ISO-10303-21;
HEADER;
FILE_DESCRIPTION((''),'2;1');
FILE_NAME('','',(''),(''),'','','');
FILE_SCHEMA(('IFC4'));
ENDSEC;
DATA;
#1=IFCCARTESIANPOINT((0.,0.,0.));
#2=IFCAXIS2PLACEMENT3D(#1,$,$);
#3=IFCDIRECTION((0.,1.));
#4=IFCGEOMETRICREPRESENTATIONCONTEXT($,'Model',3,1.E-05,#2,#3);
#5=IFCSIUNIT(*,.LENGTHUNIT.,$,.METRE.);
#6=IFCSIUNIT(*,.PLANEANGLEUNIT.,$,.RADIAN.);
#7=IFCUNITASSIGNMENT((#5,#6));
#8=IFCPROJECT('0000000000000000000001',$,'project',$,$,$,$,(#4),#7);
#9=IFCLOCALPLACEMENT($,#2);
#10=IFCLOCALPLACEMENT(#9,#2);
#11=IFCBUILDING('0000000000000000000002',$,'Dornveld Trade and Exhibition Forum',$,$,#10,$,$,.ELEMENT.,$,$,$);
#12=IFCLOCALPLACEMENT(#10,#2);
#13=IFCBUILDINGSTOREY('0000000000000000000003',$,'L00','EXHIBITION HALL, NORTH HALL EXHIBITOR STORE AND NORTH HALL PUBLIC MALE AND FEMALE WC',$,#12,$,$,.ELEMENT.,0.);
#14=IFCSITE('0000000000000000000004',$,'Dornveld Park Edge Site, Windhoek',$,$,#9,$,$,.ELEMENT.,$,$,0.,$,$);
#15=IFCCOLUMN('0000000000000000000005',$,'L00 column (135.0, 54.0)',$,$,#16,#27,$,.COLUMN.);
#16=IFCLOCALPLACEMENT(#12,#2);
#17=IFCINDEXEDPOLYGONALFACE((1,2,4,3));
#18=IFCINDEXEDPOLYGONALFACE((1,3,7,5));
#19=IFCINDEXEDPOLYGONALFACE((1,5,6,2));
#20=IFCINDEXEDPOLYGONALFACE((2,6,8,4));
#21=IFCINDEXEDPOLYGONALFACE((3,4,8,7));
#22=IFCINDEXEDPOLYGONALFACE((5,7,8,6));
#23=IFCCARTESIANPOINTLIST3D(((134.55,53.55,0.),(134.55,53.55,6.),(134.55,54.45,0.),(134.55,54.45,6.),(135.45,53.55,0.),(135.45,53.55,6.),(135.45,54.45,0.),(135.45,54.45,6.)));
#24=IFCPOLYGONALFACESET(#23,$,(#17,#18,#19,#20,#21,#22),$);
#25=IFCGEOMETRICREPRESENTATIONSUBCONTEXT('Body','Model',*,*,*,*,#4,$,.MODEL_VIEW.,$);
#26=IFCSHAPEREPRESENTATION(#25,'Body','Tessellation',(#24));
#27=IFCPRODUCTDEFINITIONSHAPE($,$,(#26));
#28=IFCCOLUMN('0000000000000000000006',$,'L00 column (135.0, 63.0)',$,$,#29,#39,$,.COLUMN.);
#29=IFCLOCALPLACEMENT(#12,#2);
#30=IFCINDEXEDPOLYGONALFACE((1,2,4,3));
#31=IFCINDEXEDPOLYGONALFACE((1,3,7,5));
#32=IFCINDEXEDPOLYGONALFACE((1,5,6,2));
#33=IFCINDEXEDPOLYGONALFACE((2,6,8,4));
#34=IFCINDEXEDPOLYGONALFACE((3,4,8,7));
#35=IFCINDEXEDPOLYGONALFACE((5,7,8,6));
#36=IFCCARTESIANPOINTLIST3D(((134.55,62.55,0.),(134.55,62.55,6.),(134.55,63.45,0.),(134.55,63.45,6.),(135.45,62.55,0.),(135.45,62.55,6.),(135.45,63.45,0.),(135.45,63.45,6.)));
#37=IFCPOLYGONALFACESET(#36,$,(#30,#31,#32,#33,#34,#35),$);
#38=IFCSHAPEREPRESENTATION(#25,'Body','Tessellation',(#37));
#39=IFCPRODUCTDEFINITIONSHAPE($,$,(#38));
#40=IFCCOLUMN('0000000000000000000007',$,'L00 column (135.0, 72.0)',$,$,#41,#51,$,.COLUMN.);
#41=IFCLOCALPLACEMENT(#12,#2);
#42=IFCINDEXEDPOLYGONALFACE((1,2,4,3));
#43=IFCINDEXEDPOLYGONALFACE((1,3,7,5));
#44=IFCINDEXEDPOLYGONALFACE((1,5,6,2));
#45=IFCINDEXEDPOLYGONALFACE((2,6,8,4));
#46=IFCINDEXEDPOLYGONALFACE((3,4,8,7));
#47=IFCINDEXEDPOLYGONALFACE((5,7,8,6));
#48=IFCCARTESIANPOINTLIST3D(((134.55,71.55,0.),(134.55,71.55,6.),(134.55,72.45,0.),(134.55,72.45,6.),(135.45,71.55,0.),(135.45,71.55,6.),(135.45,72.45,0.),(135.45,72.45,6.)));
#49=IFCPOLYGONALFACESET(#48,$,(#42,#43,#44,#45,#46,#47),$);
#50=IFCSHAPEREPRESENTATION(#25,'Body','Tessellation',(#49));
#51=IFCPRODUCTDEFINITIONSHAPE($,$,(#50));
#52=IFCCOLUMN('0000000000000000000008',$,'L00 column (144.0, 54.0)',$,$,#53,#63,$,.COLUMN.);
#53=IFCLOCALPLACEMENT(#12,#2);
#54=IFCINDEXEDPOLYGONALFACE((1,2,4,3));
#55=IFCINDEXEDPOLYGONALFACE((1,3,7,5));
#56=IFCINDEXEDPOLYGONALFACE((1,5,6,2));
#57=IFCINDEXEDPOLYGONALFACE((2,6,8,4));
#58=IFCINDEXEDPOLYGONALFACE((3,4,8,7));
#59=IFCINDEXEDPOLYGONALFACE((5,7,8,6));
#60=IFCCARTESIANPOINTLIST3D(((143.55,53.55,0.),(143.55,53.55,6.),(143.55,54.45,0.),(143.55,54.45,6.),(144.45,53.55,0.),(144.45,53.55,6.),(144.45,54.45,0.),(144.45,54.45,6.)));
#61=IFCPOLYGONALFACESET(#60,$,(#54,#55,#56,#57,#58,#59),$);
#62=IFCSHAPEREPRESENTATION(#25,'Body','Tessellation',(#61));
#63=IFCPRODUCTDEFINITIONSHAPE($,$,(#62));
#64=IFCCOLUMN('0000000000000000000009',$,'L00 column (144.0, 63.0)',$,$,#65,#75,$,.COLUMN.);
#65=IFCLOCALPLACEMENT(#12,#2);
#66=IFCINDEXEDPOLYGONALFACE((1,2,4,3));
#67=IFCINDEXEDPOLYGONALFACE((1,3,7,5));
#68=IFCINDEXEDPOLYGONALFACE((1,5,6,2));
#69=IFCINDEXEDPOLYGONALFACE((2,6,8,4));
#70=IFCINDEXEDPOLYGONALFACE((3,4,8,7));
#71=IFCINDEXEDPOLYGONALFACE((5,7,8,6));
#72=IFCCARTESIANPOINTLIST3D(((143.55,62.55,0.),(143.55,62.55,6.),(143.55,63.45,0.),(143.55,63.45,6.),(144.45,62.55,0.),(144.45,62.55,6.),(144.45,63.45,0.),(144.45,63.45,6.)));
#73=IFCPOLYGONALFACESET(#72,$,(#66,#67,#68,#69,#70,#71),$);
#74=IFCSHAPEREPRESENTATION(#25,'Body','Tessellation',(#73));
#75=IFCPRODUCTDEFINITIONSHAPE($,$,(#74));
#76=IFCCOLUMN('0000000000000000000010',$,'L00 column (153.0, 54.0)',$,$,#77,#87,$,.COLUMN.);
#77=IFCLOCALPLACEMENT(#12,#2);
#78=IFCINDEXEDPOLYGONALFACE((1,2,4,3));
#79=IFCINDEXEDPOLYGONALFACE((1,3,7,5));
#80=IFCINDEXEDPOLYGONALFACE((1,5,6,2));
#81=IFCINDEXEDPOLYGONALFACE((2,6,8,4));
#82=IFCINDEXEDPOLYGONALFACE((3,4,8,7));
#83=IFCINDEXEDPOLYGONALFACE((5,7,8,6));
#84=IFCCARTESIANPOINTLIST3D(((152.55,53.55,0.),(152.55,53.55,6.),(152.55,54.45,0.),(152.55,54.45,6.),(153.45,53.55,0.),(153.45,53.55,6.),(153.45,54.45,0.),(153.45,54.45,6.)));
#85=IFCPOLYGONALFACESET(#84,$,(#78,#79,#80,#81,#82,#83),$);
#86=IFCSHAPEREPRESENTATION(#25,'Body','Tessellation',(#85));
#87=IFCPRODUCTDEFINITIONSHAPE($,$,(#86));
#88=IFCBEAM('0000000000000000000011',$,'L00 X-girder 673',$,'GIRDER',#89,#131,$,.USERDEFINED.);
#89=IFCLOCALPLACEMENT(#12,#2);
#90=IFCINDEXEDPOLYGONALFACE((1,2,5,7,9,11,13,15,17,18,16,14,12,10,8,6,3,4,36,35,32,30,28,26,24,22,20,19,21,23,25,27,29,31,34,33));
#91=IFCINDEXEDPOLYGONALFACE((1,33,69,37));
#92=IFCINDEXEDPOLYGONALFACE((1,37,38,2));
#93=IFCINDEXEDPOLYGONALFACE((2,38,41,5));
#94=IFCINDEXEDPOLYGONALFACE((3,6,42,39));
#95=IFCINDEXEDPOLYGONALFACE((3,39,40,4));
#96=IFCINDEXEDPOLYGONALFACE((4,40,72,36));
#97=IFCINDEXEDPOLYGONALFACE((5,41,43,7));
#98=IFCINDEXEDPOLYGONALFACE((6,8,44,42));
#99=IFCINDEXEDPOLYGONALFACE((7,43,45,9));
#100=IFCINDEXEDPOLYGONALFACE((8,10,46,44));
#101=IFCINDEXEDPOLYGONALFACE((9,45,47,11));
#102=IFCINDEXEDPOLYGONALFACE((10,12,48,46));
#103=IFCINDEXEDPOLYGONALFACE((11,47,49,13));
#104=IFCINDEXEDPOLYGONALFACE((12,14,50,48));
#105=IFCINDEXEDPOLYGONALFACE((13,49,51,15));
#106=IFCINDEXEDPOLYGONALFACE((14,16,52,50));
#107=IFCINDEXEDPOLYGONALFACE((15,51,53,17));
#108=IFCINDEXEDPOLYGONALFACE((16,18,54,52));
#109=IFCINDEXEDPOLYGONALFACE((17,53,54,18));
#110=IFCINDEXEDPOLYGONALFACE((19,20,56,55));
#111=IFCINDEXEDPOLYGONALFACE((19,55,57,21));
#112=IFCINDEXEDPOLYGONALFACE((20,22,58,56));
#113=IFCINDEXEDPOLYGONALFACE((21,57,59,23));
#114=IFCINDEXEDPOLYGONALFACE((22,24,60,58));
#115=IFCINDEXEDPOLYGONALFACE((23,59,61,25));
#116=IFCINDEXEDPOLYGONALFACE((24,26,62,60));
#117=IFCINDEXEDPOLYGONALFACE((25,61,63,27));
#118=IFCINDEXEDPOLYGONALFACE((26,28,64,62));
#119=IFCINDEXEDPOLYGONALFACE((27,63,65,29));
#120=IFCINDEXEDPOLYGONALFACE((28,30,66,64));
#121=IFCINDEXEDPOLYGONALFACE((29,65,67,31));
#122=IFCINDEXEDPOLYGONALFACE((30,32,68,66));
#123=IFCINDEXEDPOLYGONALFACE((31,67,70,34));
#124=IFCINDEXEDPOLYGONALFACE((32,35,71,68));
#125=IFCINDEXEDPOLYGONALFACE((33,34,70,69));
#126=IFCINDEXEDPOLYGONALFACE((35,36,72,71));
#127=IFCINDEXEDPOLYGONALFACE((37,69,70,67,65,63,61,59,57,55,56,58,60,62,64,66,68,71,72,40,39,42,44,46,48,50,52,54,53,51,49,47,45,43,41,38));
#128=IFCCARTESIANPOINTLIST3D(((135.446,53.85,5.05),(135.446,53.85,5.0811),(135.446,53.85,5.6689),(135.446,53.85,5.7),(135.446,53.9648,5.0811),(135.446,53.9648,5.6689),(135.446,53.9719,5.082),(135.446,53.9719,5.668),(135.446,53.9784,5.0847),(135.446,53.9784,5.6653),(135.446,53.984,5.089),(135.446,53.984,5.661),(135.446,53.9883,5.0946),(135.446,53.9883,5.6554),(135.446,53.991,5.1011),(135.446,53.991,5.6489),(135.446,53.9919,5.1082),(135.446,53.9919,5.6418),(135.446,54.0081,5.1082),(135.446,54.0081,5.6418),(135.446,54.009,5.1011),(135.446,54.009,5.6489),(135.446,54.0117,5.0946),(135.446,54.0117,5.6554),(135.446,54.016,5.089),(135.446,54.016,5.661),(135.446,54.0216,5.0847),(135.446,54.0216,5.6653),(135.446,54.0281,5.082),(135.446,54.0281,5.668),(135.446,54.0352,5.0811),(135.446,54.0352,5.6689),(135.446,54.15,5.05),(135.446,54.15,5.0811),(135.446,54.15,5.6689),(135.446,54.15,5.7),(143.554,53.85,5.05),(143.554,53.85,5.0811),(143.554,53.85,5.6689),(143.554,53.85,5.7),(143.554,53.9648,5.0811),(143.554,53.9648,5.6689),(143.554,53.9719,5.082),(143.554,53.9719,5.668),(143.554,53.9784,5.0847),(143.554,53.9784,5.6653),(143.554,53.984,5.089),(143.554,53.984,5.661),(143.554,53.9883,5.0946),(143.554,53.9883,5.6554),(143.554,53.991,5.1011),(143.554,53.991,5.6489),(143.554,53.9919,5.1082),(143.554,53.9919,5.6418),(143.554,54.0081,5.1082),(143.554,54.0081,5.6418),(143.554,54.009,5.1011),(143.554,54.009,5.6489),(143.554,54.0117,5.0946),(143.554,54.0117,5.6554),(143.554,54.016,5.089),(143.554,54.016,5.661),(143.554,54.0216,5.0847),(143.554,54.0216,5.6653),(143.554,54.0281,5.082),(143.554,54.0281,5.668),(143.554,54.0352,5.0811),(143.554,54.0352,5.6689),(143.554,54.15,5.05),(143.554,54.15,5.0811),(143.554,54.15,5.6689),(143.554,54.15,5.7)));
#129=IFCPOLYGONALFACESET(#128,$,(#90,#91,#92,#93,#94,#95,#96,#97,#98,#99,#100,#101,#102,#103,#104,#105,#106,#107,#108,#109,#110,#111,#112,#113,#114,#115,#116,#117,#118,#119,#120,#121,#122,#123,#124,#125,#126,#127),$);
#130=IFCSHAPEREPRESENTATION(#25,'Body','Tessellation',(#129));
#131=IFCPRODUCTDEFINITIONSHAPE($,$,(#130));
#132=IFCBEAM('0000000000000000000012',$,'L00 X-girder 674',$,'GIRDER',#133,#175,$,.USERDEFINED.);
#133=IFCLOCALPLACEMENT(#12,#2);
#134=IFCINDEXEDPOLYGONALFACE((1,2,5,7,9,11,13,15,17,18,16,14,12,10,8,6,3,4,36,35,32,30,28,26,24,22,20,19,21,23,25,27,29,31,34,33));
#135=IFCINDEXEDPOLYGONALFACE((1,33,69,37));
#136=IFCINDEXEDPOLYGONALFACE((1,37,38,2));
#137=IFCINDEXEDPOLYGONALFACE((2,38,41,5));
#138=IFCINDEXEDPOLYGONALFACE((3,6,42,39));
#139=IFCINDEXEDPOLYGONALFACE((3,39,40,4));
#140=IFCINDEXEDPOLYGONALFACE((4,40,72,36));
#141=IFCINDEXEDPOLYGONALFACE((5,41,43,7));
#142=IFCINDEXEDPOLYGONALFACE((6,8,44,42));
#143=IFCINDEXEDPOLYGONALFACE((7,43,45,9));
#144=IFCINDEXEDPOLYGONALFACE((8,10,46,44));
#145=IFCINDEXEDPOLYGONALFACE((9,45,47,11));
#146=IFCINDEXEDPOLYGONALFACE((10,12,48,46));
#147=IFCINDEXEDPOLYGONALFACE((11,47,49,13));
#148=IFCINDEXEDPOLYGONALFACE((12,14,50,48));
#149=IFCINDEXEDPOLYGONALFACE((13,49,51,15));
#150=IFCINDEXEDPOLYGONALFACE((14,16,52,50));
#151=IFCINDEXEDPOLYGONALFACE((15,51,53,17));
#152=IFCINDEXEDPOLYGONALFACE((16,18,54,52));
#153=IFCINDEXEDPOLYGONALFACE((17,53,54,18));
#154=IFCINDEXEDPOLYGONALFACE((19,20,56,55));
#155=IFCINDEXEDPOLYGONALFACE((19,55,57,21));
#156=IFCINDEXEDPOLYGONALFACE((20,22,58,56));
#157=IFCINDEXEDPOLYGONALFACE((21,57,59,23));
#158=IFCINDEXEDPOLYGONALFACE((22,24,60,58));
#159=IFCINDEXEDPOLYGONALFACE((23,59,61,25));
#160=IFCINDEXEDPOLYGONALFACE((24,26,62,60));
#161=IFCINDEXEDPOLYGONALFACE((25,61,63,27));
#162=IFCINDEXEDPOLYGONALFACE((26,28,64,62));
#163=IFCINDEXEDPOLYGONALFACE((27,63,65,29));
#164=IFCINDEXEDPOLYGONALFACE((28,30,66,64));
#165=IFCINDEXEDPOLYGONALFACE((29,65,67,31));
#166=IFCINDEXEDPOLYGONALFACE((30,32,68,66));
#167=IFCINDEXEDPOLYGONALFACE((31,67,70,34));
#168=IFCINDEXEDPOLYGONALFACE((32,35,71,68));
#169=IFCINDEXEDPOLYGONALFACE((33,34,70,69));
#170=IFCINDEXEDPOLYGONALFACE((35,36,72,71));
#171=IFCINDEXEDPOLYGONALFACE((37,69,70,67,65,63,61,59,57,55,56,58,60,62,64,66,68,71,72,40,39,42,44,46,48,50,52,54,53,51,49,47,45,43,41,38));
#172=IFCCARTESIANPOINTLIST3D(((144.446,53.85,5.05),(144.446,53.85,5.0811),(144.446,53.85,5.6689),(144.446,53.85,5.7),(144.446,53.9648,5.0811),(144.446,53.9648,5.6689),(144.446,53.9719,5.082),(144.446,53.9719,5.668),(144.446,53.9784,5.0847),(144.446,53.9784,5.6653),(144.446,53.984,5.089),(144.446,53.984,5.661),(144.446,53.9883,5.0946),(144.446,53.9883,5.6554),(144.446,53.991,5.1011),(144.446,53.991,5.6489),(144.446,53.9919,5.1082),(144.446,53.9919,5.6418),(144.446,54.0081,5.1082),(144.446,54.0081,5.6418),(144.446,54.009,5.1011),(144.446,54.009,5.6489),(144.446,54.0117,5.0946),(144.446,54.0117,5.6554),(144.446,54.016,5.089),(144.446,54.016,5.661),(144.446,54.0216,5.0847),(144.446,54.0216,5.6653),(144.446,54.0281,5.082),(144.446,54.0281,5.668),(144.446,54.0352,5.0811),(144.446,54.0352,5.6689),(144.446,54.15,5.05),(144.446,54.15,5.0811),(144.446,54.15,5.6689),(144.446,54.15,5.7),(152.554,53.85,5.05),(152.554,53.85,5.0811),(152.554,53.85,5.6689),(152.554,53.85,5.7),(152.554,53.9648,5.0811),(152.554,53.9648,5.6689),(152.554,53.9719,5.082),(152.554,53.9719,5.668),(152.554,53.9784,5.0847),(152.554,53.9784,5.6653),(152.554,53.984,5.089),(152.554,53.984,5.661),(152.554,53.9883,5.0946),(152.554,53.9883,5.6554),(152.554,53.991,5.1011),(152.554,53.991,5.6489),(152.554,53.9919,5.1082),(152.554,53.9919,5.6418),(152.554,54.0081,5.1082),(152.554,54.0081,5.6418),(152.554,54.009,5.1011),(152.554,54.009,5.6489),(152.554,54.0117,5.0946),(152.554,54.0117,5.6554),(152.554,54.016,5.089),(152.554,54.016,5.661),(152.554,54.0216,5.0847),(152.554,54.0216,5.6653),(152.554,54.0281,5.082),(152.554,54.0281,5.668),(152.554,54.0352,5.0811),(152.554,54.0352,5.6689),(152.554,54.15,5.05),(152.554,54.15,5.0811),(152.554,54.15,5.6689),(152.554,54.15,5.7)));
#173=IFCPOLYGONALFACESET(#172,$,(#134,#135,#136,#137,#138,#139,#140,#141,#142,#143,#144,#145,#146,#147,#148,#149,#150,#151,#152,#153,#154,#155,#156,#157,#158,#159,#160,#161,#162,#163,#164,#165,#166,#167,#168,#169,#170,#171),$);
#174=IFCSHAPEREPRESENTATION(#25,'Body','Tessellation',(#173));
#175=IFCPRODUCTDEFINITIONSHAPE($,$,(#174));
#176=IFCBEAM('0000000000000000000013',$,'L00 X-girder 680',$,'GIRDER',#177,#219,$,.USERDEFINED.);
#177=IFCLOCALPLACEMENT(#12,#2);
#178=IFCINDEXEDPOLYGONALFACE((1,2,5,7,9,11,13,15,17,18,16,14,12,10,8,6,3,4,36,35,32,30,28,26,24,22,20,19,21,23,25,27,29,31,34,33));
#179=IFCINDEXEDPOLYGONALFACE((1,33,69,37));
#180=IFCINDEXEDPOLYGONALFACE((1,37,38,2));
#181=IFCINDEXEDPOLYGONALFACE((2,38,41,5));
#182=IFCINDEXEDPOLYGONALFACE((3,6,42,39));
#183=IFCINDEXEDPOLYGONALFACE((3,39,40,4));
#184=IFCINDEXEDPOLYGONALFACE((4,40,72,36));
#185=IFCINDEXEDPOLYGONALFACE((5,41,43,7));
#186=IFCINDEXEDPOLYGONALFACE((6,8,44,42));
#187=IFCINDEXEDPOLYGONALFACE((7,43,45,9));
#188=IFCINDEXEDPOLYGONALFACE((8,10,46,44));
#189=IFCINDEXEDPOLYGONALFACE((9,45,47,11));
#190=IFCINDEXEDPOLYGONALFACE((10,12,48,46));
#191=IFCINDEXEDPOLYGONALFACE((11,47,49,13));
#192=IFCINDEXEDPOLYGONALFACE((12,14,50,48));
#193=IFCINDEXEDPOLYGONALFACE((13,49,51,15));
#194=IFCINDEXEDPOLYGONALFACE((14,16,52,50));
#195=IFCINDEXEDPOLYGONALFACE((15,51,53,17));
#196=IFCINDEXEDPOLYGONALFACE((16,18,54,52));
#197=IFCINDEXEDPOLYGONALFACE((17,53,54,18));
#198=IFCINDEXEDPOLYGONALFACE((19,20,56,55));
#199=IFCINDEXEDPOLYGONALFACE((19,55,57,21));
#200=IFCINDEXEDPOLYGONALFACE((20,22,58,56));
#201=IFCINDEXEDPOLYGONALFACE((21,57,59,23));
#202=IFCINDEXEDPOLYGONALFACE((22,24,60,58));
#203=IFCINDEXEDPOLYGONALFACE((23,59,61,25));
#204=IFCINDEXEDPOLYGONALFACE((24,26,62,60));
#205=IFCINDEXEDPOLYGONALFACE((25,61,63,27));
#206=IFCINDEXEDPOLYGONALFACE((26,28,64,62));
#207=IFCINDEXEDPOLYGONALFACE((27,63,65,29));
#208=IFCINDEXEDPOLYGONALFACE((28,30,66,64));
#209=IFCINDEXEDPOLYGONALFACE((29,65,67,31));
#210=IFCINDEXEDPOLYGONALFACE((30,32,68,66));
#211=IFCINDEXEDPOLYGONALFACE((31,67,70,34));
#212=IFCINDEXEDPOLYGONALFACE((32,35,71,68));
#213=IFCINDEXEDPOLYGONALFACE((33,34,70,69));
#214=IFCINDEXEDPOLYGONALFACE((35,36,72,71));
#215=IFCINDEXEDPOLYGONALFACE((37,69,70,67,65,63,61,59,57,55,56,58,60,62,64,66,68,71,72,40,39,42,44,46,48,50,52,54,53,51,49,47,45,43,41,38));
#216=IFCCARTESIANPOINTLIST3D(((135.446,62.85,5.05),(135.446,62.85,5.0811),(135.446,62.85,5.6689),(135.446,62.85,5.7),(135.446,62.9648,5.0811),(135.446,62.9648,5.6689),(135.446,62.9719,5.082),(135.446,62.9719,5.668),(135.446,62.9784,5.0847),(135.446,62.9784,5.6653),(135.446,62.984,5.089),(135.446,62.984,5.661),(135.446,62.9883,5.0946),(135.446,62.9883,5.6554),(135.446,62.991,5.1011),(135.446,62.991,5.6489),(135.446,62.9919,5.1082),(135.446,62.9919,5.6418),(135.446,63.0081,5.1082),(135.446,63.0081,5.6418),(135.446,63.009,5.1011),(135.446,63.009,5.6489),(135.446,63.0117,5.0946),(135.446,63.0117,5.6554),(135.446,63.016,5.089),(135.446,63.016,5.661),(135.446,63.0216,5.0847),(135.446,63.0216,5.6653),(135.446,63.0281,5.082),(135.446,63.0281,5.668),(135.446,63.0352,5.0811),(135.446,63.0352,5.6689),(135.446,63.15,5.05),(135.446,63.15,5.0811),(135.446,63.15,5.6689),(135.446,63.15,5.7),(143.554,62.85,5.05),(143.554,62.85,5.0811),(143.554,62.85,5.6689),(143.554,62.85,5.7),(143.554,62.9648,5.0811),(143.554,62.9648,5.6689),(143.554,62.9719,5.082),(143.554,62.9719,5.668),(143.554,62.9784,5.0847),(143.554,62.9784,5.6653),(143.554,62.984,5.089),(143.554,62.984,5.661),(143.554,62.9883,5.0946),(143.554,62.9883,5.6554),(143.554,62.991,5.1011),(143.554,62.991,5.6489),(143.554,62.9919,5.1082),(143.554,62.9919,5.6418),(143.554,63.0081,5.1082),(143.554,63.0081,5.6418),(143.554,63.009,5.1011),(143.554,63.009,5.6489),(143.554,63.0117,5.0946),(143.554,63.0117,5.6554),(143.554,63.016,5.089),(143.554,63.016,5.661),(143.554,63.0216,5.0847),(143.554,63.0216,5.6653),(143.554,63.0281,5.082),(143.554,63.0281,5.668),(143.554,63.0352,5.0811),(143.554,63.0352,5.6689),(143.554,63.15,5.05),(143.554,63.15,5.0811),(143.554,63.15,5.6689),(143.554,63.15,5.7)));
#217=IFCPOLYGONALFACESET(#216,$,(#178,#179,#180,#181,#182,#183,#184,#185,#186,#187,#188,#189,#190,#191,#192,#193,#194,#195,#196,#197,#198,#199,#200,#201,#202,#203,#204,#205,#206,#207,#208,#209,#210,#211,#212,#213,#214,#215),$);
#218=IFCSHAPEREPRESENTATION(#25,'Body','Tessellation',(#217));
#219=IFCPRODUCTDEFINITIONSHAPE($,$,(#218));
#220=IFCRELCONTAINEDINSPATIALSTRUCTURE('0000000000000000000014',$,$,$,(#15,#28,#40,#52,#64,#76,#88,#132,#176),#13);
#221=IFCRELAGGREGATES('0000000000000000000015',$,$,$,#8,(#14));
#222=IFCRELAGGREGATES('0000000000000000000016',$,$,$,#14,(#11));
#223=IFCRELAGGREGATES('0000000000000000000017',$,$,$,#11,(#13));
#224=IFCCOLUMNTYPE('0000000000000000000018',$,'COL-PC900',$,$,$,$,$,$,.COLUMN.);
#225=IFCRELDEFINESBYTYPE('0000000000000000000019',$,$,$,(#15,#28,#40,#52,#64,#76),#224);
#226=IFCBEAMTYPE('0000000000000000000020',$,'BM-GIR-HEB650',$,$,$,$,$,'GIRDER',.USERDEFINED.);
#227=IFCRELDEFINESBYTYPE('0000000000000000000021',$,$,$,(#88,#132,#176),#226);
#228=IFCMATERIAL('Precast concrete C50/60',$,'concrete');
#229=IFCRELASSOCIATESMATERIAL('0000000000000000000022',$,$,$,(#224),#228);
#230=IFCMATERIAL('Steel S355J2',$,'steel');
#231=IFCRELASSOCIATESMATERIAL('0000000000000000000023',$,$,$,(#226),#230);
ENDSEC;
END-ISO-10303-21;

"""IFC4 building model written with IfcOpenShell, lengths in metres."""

from ifc_helpers import new_model, si_unit, direction, frame, origin, origin_2d, place, context, subcontext, project, spatial, rectangle, i_section, extrude, material, material_profile, profile_set, type_object, element, save


model = new_model("IFC4")

# Units and contexts
model_context = context("Model", 3, precision=1e-05, world=origin(), true_north=direction((0.0, 1.0)))
body_context = subcontext(model_context, "Body", "Model", "MODEL_VIEW")
ifc_project = project(units=[si_unit("LENGTHUNIT", "METRE"), si_unit("PLANEANGLEUNIT", "RADIAN")], contexts=[model_context])

# Site, building, storey
site_placement = place(None, origin())
site = spatial("IfcSite", under=ifc_project, at=site_placement, Name="Dornveld Park Edge Site, Windhoek", CompositionType="ELEMENT", RefElevation=0.0)
building_placement = place(site_placement, origin())
building = spatial("IfcBuilding", under=site, at=building_placement, Name="Dornveld Trade and Exhibition Forum", CompositionType="ELEMENT")
storey_placement = place(building_placement, origin())
storey = spatial("IfcBuildingStorey", under=building, at=storey_placement, Name="L00", Description="EXHIBITION HALL, NORTH HALL EXHIBITOR STORE AND NORTH HALL PUBLIC MALE AND FEMALE WC", CompositionType="ELEMENT", Elevation=0.0)

# Columns
ifc_material_1 = material(Name="Precast concrete C50/60", Category="concrete")
ifc_material_profile_1 = material_profile(ifc_material_1, rectangle(XDim=0.8999, YDim=0.8999, at=origin_2d()), Name="PC-COL 900x900")
ifc_profile_set_1 = profile_set([ifc_material_profile_1], Name="Precast concrete C50/60")
column_type = type_object("IfcColumnType", Name="COL-PC900", PredefinedType="COLUMN", material=ifc_profile_set_1)
for number, where, z_axis, x_axis, name in (
    (1, (135.0, 54.0, 0.0), (0.0, 0.0, 1.0), (1.0, 0.0, 0.0), "L00 column (135.0, 54.0)"),
    (2, (135.0, 63.0, 0.0), (0.0, 0.0, 1.0), (1.0, 0.0, 0.0), "L00 column (135.0, 63.0)"),
    (3, (135.0, 72.0, 0.0), (0.0, 0.0, 1.0), (1.0, 0.0, 0.0), "L00 column (135.0, 72.0)"),
    (4, (144.0, 54.0, 0.0), (0.0, 0.0, 1.0), (1.0, 0.0, 0.0), "L00 column (144.0, 54.0)"),
    (5, (144.0, 63.0, 0.0), (0.0, 0.0, 1.0), (1.0, 0.0, 0.0), "L00 column (144.0, 63.0)"),
    (6, (153.0, 54.0, 0.0), (0.0, 0.0, 1.0), (1.0, 0.0, 0.0), "L00 column (153.0, 54.0)"),
):
    element("IfcColumn", number, at=place(storey_placement, frame(where, z_axis=z_axis, x_axis=x_axis)), inside=storey, type_object=column_type, Name=name, PredefinedType="COLUMN", context=body_context, shape_type="SweptSolid", body=[
        extrude(rectangle(XDim=0.8999, YDim=0.8999, at=origin_2d()), origin(), (0.0, 0.0, 1.0), 6.0),
    ])

# Beams
ifc_material_2 = material(Name="Steel S355J2", Category="steel")
ifc_material_profile_2 = material_profile(ifc_material_2, i_section(OverallWidth=0.3, OverallDepth=0.6499, WebThickness=0.0161, FlangeThickness=0.031, FilletRadius=0.0271, at=origin_2d()), Name="HEB 650")
ifc_profile_set_2 = profile_set([ifc_material_profile_2], Name="Steel S355J2")
beam_type_1 = type_object("IfcBeamType", Name="BM-GIR-HEB650", ElementType="GIRDER", PredefinedType="USERDEFINED", material=ifc_profile_set_2)
for number, where, z_axis, x_axis, name in (
    (7, (135.446, 54.0, 5.375), (1.0, 0.0, 0.0), (0.0, 1.0, 0.0), "L00 X-girder 673"),
    (8, (144.446, 54.0, 5.375), (1.0, 0.0, 0.0), (0.0, 1.0, 0.0), "L00 X-girder 674"),
    (9, (135.446, 63.0, 5.375), (1.0, 0.0, 0.0), (0.0, 1.0, 0.0), "L00 X-girder 680"),
):
    element("IfcBeam", number, at=place(storey_placement, frame(where, z_axis=z_axis, x_axis=x_axis)), inside=storey, type_object=beam_type_1, Name=name, ObjectType="GIRDER", PredefinedType="USERDEFINED", context=body_context, shape_type="SweptSolid", body=[
        extrude(i_section(OverallWidth=0.3, OverallDepth=0.6499, WebThickness=0.0161, FlangeThickness=0.031, FilletRadius=0.0271, at=origin_2d()), origin(), (0.0, 0.0, 1.0), 8.1079),
    ])

save(model, "model.ifc")
